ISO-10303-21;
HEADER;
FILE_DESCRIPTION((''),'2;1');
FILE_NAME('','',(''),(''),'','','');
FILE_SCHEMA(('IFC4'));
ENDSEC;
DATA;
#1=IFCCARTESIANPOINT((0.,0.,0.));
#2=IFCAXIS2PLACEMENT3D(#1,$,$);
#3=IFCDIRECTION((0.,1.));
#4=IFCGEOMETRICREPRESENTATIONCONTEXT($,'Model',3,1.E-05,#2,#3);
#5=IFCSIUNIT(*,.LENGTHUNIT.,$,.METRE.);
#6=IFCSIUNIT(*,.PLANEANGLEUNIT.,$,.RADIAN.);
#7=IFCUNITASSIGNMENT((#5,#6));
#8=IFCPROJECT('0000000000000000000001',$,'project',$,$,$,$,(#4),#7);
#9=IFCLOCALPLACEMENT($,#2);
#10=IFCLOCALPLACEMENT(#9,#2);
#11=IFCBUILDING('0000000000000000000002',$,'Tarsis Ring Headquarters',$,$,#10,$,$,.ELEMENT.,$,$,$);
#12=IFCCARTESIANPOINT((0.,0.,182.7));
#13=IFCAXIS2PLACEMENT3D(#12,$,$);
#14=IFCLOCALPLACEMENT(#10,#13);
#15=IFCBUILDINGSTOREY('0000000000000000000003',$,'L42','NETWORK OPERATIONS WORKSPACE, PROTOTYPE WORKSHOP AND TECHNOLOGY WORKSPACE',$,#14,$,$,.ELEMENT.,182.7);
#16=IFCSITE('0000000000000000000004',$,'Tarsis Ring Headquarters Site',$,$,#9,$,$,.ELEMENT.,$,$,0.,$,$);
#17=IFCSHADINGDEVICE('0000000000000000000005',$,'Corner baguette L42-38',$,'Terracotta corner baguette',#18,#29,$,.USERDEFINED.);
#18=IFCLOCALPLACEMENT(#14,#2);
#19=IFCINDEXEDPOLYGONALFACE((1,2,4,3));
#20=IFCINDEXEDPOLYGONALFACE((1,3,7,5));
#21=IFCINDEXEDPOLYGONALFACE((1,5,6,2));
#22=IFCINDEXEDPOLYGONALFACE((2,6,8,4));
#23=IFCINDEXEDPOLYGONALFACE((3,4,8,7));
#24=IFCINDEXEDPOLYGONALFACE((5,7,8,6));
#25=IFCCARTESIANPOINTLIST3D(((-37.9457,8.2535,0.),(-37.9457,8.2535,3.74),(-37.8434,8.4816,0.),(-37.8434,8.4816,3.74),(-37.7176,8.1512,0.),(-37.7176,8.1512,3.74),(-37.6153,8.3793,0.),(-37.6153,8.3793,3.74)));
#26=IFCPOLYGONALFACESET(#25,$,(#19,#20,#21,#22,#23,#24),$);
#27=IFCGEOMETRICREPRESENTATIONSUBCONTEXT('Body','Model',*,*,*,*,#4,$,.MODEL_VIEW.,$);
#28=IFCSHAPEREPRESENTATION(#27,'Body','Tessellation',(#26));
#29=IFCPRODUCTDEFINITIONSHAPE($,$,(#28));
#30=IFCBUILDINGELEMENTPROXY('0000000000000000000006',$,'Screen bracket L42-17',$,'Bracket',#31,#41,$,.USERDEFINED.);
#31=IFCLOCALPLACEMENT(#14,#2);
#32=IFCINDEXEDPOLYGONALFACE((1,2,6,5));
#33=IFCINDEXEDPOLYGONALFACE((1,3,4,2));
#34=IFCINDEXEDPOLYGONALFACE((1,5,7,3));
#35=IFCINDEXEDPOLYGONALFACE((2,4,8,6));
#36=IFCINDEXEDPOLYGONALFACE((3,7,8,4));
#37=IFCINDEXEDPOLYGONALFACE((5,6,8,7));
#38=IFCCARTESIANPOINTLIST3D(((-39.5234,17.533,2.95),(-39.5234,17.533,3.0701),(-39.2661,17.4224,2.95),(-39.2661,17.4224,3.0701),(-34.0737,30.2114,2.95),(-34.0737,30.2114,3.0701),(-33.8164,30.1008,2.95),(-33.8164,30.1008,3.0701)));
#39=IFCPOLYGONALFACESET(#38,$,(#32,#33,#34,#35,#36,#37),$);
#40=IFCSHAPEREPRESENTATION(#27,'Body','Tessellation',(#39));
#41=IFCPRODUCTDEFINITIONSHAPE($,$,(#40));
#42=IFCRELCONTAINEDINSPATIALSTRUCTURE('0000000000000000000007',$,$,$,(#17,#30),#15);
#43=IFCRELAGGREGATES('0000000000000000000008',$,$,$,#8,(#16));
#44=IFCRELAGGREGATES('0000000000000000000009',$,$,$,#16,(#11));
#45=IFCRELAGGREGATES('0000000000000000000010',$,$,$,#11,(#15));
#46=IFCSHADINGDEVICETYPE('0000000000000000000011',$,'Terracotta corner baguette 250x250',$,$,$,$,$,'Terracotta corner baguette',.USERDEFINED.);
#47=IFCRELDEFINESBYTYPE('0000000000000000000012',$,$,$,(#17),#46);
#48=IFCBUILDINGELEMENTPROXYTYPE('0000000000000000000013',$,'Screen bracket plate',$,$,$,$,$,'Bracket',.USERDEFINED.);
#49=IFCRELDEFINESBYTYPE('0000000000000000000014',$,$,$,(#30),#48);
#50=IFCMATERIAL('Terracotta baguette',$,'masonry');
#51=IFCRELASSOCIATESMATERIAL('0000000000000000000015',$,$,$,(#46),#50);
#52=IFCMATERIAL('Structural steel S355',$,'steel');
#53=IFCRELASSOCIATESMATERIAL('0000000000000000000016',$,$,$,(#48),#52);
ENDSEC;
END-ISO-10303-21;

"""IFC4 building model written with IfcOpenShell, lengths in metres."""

from ifc_helpers import new_model, si_unit, direction, frame, origin, origin_2d, place, context, subcontext, project, spatial, rectangle, extrude, material, type_object, element, save


model = new_model("IFC4")

# Units and contexts
model_context = context("Model", 3, precision=1e-05, world=origin(), true_north=direction((0.0, 1.0)))
body_context = subcontext(model_context, "Body", "Model", "MODEL_VIEW")
ifc_project = project(units=[si_unit("LENGTHUNIT", "METRE"), si_unit("PLANEANGLEUNIT", "RADIAN")], contexts=[model_context])

# Site, building, storey
site_placement = place(None, origin())
site = spatial("IfcSite", under=ifc_project, at=site_placement, Name="Tarsis Ring Headquarters Site", CompositionType="ELEMENT", RefElevation=0.0)
building_placement = place(site_placement, origin())
building = spatial("IfcBuilding", under=site, at=building_placement, Name="Tarsis Ring Headquarters", CompositionType="ELEMENT")
storey_placement = place(building_placement, frame((0.0, 0.0, 182.7)))
storey = spatial("IfcBuildingStorey", under=building, at=storey_placement, Name="L42", Description="NETWORK OPERATIONS WORKSPACE, PROTOTYPE WORKSHOP AND TECHNOLOGY WORKSPACE", CompositionType="ELEMENT", Elevation=182.7)

# Shared definitions
ifc_material_1 = material(Name="Structural steel S355", Category="steel")

# Shading device
ifc_material_2 = material(Name="Terracotta baguette", Category="masonry")
shading_device_type_1 = type_object("IfcShadingDeviceType", Name="Terracotta corner baguette 250x250", ElementType="Terracotta corner baguette", PredefinedType="USERDEFINED", material=ifc_material_2)
for number, where, z_axis, x_axis, name in (
    (1, (-37.7805, 8.3164, 0.0), (0.0, 0.0, 1.0), (0.912406, -0.409286, 0.0), "Corner baguette L42-38"),
):
    element("IfcShadingDevice", number, at=place(storey_placement, frame(where, z_axis=z_axis, x_axis=x_axis)), inside=storey, type_object=shading_device_type_1, Name=name, ObjectType="Terracotta corner baguette", PredefinedType="USERDEFINED", context=body_context, shape_type="SweptSolid", body=[
        extrude(rectangle(XDim=0.25, YDim=0.25, at=origin_2d()), origin(), (0.0, 0.0, 1.0), 3.74),
    ])

# Building element proxy
building_element_proxy_type = type_object("IfcBuildingElementProxyType", Name="Screen bracket plate", ElementType="Bracket", PredefinedType="USERDEFINED", material=ifc_material_1)
proxy_placement = place(storey_placement, frame((-36.6699, 23.8169, 2.95), z_axis=(0.0, 0.0, 1.0), x_axis=(-0.394904, -0.918722, 0.0)))
element("IfcBuildingElementProxy", 2, at=proxy_placement, inside=storey, type_object=building_element_proxy_type, Name="Screen bracket L42-17", ObjectType="Bracket", PredefinedType="USERDEFINED", context=body_context, shape_type="SweptSolid", body=[
    extrude(rectangle(XDim=13.8, YDim=0.28, at=origin_2d()), origin(), (0.0, 0.0, 1.0), 0.1201),
])

save(model, "model.ifc")
